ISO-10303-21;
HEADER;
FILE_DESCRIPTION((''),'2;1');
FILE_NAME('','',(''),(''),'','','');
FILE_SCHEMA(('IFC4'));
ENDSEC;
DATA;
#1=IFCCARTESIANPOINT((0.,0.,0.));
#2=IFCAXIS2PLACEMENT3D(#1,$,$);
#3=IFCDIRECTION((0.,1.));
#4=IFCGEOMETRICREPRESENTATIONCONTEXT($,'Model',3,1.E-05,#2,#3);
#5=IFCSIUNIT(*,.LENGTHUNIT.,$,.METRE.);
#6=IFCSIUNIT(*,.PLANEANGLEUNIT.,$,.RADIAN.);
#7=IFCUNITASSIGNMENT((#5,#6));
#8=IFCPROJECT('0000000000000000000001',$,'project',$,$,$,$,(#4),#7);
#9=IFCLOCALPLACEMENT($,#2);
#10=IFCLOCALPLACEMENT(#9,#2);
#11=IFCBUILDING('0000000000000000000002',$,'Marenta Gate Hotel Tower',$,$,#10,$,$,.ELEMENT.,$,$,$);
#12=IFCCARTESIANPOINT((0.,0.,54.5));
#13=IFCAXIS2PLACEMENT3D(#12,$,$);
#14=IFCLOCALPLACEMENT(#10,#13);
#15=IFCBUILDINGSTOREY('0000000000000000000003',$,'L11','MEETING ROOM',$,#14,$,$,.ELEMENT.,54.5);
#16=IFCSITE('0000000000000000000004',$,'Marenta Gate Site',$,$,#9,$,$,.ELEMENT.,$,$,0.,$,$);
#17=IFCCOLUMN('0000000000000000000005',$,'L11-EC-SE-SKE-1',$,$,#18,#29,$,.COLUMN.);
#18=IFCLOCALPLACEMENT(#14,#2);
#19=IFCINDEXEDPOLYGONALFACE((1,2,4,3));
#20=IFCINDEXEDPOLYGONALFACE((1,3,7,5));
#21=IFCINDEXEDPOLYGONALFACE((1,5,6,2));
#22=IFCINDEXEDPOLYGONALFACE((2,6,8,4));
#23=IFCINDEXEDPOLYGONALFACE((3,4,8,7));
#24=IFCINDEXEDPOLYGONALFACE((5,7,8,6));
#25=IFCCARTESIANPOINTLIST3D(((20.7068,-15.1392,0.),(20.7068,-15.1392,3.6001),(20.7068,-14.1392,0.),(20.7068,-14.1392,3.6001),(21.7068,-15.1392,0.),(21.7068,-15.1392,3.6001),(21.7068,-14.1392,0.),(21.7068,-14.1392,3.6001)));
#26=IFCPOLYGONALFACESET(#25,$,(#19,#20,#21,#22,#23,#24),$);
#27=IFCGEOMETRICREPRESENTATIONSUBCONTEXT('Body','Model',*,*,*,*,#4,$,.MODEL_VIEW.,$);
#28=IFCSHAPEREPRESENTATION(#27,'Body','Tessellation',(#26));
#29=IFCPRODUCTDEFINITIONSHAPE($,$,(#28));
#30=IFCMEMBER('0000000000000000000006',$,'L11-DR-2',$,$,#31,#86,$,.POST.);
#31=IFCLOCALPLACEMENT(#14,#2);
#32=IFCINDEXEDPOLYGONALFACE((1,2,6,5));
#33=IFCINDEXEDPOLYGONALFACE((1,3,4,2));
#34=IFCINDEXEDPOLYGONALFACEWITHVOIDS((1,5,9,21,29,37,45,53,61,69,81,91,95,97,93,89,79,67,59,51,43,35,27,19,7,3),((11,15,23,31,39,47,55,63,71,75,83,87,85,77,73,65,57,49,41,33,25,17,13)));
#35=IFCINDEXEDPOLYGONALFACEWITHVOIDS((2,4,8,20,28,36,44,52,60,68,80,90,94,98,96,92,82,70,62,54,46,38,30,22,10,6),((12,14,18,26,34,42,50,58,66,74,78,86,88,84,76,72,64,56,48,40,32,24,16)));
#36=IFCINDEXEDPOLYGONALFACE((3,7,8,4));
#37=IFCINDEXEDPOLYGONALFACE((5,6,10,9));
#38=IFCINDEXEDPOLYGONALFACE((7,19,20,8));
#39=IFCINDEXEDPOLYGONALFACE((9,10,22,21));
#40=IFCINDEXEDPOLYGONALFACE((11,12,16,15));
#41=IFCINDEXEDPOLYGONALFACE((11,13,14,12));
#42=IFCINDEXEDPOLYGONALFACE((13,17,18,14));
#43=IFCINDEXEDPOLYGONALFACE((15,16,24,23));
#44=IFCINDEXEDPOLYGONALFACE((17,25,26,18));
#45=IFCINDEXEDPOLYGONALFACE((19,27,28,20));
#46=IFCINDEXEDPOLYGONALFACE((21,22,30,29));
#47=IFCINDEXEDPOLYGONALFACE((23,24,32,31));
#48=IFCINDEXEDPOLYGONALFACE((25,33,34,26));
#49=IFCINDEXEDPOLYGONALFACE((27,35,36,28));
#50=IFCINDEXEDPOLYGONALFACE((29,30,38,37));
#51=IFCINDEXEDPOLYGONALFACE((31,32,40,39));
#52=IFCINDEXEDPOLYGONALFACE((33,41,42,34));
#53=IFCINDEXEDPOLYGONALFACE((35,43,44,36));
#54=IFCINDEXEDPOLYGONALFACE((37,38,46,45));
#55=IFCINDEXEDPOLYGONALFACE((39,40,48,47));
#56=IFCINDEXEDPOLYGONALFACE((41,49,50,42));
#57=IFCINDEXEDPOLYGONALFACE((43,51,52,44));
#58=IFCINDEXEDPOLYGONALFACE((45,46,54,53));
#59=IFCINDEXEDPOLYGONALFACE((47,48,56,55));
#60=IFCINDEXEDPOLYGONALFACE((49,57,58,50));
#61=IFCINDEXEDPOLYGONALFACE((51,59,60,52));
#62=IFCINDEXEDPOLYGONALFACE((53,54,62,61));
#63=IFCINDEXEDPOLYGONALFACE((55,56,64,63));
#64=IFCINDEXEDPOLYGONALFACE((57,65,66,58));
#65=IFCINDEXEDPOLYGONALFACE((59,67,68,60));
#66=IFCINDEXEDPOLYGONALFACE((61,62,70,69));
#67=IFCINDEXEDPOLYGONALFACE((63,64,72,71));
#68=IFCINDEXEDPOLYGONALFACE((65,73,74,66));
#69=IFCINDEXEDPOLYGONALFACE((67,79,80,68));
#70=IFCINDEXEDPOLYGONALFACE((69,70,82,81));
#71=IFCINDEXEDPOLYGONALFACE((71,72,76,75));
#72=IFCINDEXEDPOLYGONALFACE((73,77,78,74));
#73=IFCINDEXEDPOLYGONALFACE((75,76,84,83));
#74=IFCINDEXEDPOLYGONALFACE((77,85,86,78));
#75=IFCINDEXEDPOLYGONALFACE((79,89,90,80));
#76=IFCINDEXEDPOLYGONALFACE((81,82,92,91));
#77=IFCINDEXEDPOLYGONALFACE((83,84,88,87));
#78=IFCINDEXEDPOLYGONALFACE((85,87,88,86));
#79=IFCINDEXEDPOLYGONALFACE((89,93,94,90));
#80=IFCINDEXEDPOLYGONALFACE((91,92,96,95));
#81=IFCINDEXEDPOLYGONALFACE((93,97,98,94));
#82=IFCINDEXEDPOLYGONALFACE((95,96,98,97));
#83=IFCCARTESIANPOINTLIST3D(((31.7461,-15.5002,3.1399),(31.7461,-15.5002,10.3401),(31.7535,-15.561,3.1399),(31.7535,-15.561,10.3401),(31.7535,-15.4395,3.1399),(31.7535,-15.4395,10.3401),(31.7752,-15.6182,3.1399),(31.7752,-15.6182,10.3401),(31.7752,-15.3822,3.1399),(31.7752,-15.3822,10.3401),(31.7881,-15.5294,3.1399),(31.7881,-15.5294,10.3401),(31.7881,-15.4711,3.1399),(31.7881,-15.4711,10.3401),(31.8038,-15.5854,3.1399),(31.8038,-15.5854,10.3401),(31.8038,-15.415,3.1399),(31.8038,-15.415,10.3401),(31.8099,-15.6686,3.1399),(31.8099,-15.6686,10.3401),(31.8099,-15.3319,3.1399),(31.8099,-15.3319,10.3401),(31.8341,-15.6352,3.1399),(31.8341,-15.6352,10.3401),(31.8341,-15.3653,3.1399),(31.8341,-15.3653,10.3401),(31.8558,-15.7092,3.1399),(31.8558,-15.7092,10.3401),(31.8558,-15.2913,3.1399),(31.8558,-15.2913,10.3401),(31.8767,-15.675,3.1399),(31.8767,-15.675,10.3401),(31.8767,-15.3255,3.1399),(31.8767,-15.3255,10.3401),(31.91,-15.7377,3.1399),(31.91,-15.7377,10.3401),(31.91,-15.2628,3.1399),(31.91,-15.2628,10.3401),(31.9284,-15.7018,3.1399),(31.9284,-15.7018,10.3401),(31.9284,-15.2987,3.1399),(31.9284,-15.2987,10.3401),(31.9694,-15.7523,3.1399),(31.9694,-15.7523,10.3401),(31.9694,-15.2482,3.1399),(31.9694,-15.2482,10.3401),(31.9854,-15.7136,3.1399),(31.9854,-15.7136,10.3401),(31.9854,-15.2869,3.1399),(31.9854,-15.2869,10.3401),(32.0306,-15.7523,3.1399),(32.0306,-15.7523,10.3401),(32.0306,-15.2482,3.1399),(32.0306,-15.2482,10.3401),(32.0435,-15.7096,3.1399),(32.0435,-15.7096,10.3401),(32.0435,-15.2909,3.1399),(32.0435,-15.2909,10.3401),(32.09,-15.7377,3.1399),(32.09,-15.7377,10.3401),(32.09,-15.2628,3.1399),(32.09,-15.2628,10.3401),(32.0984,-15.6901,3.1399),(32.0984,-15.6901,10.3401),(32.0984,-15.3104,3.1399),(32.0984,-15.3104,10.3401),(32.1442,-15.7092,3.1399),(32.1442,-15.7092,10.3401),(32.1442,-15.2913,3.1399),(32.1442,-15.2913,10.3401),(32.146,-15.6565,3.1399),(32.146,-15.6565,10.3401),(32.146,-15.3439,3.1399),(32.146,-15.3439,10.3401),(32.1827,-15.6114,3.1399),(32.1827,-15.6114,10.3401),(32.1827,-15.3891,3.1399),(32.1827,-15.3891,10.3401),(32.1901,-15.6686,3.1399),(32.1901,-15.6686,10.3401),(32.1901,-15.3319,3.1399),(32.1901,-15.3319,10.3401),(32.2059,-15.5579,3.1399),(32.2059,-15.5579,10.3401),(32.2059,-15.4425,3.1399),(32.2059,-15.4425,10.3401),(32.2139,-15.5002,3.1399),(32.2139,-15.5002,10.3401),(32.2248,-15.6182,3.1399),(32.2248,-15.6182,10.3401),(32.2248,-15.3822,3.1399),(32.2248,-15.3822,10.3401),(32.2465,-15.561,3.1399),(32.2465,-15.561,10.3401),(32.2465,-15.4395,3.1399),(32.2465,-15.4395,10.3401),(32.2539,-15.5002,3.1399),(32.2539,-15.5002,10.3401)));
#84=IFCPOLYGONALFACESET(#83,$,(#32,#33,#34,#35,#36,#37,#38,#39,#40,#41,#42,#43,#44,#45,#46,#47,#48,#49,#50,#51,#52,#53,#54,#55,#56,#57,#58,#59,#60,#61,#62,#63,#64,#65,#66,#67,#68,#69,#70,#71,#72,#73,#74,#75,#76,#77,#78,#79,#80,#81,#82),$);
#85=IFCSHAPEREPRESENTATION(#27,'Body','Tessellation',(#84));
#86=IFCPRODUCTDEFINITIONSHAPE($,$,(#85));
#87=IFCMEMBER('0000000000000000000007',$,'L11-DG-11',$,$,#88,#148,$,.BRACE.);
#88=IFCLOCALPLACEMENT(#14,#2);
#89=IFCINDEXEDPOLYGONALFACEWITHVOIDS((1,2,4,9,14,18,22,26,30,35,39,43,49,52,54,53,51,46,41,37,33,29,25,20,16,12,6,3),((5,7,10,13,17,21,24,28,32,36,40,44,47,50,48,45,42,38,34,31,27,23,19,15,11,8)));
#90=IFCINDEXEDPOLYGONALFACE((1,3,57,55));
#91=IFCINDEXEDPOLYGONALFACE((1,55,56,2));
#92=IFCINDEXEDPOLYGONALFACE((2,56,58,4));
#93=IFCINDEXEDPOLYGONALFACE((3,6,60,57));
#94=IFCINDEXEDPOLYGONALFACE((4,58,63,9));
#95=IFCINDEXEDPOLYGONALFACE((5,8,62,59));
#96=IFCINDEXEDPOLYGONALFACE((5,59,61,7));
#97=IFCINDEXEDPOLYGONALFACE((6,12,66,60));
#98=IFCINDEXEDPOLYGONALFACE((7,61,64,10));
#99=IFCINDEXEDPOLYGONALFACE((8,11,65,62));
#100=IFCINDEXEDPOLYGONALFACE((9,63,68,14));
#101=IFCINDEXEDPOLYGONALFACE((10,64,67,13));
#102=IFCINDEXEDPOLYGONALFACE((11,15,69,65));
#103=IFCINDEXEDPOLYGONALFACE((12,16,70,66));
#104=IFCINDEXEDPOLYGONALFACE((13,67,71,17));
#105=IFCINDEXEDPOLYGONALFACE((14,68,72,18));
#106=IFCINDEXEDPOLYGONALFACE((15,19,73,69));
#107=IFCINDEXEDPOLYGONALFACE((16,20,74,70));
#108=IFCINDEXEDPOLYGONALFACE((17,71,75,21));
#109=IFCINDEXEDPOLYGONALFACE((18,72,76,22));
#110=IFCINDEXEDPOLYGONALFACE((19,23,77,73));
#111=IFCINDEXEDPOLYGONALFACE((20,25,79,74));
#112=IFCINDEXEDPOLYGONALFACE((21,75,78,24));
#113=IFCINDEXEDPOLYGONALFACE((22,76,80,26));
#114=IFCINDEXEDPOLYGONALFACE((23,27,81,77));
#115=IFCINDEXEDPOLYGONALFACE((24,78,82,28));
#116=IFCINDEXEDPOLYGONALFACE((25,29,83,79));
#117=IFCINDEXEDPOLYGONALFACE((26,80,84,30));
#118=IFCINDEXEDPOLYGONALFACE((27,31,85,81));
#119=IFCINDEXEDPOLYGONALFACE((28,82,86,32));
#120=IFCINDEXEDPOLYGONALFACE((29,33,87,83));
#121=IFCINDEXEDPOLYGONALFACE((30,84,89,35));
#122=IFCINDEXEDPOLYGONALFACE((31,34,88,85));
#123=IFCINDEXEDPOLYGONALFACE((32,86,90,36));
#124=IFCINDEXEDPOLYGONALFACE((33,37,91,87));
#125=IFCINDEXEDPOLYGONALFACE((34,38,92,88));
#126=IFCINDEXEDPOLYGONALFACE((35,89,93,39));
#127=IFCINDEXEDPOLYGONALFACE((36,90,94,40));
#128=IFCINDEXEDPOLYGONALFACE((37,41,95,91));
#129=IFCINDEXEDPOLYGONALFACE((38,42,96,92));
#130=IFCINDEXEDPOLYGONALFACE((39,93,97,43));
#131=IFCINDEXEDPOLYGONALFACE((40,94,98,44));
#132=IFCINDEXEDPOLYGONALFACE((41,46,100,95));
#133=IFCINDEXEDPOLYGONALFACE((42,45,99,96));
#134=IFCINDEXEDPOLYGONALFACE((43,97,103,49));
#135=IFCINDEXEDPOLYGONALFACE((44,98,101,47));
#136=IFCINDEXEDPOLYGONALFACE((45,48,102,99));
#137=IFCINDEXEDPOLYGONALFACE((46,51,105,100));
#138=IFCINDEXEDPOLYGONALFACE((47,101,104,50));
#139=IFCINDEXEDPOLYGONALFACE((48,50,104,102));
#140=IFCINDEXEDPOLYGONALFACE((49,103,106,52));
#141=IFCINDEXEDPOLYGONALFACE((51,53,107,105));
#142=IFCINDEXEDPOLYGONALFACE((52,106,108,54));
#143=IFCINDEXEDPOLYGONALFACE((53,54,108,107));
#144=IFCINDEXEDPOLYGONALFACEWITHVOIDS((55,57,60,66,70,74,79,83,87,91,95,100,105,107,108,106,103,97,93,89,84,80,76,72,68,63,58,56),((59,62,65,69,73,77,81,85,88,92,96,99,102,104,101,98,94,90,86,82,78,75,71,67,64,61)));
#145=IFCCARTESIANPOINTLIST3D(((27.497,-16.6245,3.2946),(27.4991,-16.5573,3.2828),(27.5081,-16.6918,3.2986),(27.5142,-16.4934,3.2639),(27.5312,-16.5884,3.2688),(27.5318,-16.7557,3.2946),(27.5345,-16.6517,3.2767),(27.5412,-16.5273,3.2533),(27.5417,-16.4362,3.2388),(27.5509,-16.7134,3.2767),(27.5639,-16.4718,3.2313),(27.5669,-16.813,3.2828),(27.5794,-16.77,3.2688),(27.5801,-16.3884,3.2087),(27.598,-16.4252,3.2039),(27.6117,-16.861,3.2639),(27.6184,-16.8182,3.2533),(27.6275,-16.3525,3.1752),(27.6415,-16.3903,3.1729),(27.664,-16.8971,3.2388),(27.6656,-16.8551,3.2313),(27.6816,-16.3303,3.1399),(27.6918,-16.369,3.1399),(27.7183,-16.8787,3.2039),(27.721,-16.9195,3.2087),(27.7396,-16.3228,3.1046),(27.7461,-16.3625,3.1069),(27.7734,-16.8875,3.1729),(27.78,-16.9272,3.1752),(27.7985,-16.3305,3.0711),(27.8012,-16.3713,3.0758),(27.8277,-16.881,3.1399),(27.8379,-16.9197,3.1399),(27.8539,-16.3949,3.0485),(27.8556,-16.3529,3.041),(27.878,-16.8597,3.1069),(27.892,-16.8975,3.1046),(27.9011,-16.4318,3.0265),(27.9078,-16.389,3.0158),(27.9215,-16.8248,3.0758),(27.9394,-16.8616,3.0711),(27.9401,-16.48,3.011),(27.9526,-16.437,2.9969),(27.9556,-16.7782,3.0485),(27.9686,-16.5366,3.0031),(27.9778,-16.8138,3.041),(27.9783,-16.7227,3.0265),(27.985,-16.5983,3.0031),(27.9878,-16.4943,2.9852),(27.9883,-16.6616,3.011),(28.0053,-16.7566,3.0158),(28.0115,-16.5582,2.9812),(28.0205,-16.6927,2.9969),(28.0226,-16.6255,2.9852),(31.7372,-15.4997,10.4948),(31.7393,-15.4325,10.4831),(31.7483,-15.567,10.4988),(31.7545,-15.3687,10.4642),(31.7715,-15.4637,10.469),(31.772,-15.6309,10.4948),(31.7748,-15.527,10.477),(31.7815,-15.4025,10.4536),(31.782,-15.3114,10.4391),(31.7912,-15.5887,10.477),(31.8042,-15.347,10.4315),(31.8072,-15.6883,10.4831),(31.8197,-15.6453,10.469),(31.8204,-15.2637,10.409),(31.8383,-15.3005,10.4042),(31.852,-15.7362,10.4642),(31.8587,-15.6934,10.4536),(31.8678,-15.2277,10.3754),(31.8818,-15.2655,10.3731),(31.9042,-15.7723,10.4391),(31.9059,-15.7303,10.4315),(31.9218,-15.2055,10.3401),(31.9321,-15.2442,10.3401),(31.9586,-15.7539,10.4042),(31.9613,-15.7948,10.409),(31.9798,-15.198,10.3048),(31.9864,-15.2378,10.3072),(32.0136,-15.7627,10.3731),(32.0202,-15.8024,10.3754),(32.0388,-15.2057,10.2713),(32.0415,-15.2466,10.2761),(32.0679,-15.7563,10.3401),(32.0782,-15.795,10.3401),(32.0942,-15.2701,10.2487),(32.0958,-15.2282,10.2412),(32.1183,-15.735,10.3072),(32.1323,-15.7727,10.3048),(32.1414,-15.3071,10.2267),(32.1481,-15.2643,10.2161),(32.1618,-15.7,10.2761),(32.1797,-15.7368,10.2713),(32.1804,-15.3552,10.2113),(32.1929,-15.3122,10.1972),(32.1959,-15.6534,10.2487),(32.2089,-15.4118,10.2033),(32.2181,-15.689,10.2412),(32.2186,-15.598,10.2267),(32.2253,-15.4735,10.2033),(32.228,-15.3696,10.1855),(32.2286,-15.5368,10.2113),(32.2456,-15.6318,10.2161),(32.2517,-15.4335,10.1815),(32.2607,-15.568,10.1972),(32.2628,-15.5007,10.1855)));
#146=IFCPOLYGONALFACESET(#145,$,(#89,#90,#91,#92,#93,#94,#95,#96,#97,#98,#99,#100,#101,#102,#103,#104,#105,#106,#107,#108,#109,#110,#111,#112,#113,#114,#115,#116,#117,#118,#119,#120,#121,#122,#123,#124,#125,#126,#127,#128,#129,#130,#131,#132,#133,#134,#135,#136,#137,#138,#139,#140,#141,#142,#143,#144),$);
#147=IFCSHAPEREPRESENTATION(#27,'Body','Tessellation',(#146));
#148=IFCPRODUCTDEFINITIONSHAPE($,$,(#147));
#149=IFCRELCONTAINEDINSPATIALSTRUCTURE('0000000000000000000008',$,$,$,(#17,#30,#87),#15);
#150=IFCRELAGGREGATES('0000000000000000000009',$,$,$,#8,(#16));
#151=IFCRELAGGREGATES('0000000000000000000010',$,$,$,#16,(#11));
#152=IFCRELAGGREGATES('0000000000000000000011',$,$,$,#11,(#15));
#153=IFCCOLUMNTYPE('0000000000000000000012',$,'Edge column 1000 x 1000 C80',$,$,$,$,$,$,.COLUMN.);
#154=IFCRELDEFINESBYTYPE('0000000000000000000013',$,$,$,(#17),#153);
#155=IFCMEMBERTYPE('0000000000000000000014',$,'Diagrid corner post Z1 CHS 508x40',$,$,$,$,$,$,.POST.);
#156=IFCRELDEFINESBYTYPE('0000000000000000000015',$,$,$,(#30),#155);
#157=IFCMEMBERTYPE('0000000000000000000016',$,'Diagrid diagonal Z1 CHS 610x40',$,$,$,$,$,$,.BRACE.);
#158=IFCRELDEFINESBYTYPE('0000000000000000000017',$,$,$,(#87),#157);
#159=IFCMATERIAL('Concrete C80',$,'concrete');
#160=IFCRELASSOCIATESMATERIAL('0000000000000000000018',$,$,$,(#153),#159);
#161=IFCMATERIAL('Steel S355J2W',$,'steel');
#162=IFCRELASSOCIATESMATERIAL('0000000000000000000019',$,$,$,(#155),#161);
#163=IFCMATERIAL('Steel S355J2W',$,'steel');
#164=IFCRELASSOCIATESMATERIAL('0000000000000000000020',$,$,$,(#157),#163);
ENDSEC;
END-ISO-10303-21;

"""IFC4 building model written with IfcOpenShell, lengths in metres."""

from ifc_helpers import new_model, si_unit, direction, frame, origin, origin_2d, place, context, subcontext, project, spatial, rectangle, hollow_circle, extrude, material, material_profile, profile_set, type_object, element, save


model = new_model("IFC4")

# Units and contexts
model_context = context("Model", 3, precision=1e-05, world=origin(), true_north=direction((0.0, 1.0)))
body_context = subcontext(model_context, "Body", "Model", "MODEL_VIEW")
ifc_project = project(units=[si_unit("LENGTHUNIT", "METRE"), si_unit("PLANEANGLEUNIT", "RADIAN")], contexts=[model_context])

# Site, building, storey
site_placement = place(None, origin())
site = spatial("IfcSite", under=ifc_project, at=site_placement, Name="Marenta Gate Site", CompositionType="ELEMENT", RefElevation=0.0)
building_placement = place(site_placement, origin())
building = spatial("IfcBuilding", under=site, at=building_placement, Name="Marenta Gate Hotel Tower", CompositionType="ELEMENT")
storey_placement = place(building_placement, frame((0.0, 0.0, 54.5)))
storey = spatial("IfcBuildingStorey", under=building, at=storey_placement, Name="L11", Description="MEETING ROOM", CompositionType="ELEMENT", Elevation=54.5)

# Column
ifc_material_1 = material(Name="Concrete C80", Category="concrete")
ifc_material_profile_1 = material_profile(ifc_material_1, rectangle(XDim=1.0, YDim=1.0, at=origin_2d()), Name="1000 x 1000")
ifc_profile_set_1 = profile_set([ifc_material_profile_1], Name="Concrete C80")
column_type = type_object("IfcColumnType", Name="Edge column 1000 x 1000 C80", PredefinedType="COLUMN", material=ifc_profile_set_1)
column_placement = place(storey_placement, frame((21.2068, -14.6392, 0.0), z_axis=(0.0, 0.0, 1.0), x_axis=(1.0, 0.0, 0.0)))
element("IfcColumn", 1, at=column_placement, inside=storey, type_object=column_type, Name="L11-EC-SE-SKE-1", PredefinedType="COLUMN", context=body_context, shape_type="SweptSolid", body=[
    extrude(rectangle(XDim=1.0, YDim=1.0, at=origin_2d()), origin(), (0.0, 0.0, 1.0), 3.6001),
])

# Members
ifc_material_2 = material(Name="Steel S355J2W", Category="steel")
ifc_material_profile_2 = material_profile(ifc_material_2, hollow_circle(Radius=0.2539, WallThickness=0.04, at=origin_2d()), Name="CHS 508x40")
ifc_profile_set_2 = profile_set([ifc_material_profile_2], Name="Steel S355J2W")
member_type_1 = type_object("IfcMemberType", Name="Diagrid corner post Z1 CHS 508x40", PredefinedType="POST", material=ifc_profile_set_2)
member_1_placement = place(storey_placement, frame((32.0, -15.5002, 3.1399), z_axis=(0.0, 0.0, 1.0), x_axis=(1.0, 0.0, 0.0)))
element("IfcMember", 2, at=member_1_placement, inside=storey, type_object=member_type_1, Name="L11-DR-2", PredefinedType="POST", context=body_context, shape_type="SweptSolid", body=[
    extrude(hollow_circle(Radius=0.2539, WallThickness=0.04, at=origin_2d()), origin(), (0.0, 0.0, 1.0), 7.2002),
])
ifc_material_3 = material(Name="Steel S355J2W", Category="steel")
ifc_material_profile_3 = material_profile(ifc_material_3, hollow_circle(Radius=0.3049, WallThickness=0.04, at=origin_2d()), Name="CHS 610x40")
ifc_profile_set_3 = profile_set([ifc_material_profile_3], Name="Steel S355J2W")
member_type_2 = type_object("IfcMemberType", Name="Diagrid diagonal Z1 CHS 610x40", PredefinedType="BRACE", material=ifc_profile_set_3)
for number, where, z_axis, x_axis, name in (
    (3, (27.7598, -16.625, 3.1399), (0.502914, 0.133402, 0.85398), (-0.256391, 0.966573, 0.0), "L11-DG-11"),
):
    element("IfcMember", number, at=place(storey_placement, frame(where, z_axis=z_axis, x_axis=x_axis)), inside=storey, type_object=member_type_2, Name=name, PredefinedType="BRACE", context=body_context, shape_type="SweptSolid", body=[
        extrude(hollow_circle(Radius=0.3049, WallThickness=0.04, at=origin_2d()), origin(), (0.0, 0.0, 1.0), 8.4314),
    ])

save(model, "model.ifc")
